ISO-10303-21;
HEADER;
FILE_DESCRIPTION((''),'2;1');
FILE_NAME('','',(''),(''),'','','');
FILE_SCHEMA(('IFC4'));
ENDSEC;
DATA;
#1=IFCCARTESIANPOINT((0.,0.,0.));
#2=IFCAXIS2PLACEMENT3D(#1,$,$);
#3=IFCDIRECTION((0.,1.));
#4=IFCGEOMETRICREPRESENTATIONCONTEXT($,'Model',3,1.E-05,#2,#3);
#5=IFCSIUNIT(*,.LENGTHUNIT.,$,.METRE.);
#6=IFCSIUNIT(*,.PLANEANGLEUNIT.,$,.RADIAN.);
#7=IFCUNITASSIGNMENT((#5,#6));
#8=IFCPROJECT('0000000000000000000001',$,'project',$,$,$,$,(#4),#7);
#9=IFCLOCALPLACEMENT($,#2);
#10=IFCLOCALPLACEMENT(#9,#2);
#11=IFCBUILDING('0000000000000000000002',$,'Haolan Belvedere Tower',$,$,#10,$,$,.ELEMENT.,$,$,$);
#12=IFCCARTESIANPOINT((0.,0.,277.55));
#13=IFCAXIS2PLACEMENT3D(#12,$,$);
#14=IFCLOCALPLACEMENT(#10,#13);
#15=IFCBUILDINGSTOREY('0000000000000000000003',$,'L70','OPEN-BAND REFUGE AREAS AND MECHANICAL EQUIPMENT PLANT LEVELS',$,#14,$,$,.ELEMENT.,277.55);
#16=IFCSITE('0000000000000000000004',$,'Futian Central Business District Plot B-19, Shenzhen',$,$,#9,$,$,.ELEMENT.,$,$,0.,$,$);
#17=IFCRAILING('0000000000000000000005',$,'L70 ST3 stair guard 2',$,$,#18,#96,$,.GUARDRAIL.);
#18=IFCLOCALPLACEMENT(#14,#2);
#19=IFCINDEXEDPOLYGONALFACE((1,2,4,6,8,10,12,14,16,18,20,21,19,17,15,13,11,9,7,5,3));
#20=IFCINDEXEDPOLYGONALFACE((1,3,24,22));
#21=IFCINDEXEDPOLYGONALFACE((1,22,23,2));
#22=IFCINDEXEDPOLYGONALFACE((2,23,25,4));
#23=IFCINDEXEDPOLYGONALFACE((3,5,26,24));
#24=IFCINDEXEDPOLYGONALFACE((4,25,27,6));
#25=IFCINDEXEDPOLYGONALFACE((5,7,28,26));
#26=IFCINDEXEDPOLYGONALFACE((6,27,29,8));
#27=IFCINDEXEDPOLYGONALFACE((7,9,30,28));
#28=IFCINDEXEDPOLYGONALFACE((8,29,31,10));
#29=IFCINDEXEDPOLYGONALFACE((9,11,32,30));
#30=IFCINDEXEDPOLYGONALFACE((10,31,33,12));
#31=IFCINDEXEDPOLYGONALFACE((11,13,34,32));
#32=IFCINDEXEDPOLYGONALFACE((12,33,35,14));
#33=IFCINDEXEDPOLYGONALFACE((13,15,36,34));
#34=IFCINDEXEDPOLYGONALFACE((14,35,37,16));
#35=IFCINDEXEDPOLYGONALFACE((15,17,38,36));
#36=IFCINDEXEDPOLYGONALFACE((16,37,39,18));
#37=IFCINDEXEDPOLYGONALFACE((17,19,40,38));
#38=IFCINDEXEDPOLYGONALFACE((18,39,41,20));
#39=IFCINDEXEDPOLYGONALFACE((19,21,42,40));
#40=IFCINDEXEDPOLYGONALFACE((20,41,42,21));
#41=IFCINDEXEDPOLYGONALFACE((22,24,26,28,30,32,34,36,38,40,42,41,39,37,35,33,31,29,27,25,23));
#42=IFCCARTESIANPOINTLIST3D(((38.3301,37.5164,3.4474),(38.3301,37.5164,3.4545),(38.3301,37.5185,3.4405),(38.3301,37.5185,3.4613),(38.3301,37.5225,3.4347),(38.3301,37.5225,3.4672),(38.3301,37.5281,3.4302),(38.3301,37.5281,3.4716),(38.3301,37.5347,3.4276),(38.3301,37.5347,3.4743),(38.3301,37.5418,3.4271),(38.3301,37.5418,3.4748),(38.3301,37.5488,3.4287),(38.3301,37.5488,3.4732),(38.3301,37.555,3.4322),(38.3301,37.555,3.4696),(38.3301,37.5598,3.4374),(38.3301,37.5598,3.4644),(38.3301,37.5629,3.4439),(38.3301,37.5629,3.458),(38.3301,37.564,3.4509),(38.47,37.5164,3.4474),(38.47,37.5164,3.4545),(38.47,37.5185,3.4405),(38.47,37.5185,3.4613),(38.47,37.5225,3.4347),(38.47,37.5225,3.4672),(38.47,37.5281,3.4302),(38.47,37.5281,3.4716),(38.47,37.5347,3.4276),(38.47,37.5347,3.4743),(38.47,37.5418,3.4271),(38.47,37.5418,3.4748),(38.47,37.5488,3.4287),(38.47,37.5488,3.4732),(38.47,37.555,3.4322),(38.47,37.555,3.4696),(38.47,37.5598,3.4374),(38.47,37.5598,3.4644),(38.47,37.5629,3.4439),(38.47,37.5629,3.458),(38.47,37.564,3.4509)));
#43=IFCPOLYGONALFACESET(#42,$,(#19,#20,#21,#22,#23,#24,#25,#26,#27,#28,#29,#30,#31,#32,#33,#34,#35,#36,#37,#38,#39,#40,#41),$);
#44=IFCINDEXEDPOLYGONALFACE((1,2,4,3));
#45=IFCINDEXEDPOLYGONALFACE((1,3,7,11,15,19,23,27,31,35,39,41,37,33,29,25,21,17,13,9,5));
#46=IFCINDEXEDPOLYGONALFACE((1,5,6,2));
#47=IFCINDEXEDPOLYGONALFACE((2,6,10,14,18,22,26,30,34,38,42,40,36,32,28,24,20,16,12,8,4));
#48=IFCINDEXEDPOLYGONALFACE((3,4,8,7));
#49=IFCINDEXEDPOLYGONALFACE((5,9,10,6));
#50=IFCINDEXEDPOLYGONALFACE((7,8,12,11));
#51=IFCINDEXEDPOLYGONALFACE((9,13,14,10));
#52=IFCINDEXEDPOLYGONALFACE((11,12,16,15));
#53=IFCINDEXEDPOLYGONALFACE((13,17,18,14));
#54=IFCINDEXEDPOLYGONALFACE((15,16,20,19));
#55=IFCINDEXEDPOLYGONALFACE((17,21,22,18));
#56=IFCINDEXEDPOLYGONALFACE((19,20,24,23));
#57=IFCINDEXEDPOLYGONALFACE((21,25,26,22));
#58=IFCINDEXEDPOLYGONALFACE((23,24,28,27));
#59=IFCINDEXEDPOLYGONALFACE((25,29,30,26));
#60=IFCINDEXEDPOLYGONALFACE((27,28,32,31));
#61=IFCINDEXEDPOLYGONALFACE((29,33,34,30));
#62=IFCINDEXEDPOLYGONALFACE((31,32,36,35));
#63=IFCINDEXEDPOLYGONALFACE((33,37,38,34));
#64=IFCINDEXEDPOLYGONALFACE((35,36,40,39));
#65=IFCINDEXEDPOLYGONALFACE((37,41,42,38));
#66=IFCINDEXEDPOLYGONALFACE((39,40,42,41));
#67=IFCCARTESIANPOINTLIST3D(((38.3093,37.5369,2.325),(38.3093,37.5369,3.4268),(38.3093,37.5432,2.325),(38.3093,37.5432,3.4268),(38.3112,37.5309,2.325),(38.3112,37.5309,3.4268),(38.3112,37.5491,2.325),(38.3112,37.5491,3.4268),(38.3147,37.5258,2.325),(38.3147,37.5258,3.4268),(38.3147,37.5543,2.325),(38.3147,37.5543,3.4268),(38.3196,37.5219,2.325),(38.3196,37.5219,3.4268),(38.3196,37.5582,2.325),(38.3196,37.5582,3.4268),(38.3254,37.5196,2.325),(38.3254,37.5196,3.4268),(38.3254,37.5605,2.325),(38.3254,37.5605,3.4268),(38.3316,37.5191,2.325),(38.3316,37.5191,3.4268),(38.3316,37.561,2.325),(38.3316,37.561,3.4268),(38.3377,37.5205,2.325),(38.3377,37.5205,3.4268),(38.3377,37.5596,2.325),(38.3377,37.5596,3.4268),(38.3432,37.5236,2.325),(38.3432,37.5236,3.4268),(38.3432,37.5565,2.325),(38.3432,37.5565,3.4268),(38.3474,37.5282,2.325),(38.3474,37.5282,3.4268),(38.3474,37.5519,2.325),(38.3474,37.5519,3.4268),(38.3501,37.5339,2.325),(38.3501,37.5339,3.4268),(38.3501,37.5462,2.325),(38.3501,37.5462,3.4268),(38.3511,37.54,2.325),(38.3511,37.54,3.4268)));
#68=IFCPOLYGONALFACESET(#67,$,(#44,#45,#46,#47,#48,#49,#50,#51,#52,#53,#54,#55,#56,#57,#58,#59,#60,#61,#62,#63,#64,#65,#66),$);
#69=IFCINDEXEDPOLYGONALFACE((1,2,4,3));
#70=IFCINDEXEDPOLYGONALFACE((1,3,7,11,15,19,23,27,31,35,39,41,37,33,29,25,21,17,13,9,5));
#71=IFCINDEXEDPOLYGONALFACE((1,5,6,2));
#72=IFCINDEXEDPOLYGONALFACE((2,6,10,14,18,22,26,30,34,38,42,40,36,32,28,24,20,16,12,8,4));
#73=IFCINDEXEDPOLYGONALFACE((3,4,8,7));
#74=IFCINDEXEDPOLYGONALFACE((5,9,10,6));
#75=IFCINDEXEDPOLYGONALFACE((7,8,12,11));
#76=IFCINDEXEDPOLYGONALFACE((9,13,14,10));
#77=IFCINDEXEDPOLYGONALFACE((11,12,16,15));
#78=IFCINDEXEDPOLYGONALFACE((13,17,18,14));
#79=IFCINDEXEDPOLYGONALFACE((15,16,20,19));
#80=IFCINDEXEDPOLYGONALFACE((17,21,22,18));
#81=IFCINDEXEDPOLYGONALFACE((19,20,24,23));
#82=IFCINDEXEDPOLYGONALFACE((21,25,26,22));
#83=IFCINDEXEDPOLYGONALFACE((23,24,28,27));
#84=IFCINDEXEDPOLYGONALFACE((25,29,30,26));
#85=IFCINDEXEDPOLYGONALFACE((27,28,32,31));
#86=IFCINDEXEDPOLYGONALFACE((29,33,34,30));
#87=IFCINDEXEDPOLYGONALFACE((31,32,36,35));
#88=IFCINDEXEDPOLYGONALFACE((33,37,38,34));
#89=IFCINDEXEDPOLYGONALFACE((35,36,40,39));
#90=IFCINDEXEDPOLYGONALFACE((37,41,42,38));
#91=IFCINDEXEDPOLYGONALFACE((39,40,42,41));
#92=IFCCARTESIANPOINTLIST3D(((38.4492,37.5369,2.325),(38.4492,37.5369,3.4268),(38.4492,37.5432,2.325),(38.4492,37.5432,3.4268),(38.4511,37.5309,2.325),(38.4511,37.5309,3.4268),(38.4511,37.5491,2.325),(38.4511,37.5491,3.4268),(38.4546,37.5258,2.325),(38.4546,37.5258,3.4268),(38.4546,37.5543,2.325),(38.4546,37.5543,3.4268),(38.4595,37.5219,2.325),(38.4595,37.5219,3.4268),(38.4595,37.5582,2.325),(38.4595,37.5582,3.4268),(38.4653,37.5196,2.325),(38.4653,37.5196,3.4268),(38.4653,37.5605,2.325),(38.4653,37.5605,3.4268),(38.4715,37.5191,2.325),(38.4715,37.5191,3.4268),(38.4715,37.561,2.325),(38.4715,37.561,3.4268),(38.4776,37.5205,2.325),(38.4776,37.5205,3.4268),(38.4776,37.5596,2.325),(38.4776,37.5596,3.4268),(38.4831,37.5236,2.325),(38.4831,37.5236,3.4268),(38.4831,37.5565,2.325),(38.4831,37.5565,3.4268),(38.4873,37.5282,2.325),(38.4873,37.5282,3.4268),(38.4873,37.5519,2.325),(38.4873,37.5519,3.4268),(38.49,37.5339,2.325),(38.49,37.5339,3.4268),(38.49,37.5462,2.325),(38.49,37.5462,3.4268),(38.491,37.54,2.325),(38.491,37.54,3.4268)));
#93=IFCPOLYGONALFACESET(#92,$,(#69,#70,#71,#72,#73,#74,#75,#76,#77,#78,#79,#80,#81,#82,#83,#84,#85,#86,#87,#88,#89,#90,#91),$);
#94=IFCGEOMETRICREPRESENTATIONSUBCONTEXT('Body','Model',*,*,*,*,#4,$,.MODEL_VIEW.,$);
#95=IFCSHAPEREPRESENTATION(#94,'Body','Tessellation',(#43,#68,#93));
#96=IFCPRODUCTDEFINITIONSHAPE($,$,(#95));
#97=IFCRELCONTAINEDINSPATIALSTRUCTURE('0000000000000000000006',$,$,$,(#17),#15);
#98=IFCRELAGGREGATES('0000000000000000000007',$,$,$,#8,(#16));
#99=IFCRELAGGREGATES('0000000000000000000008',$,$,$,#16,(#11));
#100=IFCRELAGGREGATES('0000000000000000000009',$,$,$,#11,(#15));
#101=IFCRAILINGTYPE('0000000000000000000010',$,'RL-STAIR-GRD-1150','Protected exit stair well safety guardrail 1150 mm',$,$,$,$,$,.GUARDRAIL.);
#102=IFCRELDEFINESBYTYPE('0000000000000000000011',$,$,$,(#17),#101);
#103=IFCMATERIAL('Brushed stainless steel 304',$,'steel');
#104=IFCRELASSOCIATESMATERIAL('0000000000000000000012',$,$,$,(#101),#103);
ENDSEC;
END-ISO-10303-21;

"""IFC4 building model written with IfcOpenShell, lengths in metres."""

from ifc_helpers import new_model, si_unit, direction, frame, origin, origin_2d, place, context, subcontext, project, spatial, circle, extrude, material, type_object, element, save


model = new_model("IFC4")

# Units and contexts
model_context = context("Model", 3, precision=1e-05, world=origin(), true_north=direction((0.0, 1.0)))
body_context = subcontext(model_context, "Body", "Model", "MODEL_VIEW")
ifc_project = project(units=[si_unit("LENGTHUNIT", "METRE"), si_unit("PLANEANGLEUNIT", "RADIAN")], contexts=[model_context])

# Site, building, storey
site_placement = place(None, origin())
site = spatial("IfcSite", under=ifc_project, at=site_placement, Name="Futian Central Business District Plot B-19, Shenzhen", CompositionType="ELEMENT", RefElevation=0.0)
building_placement = place(site_placement, origin())
building = spatial("IfcBuilding", under=site, at=building_placement, Name="Haolan Belvedere Tower", CompositionType="ELEMENT")
storey_placement = place(building_placement, frame((0.0, 0.0, 277.55)))
storey = spatial("IfcBuildingStorey", under=building, at=storey_placement, Name="L70", Description="OPEN-BAND REFUGE AREAS AND MECHANICAL EQUIPMENT PLANT LEVELS", CompositionType="ELEMENT", Elevation=277.55)

# Railing
ifc_material_1 = material(Name="Brushed stainless steel 304", Category="steel")
railing_type_1 = type_object("IfcRailingType", Name="RL-STAIR-GRD-1150", Description="Protected exit stair well safety guardrail 1150 mm", PredefinedType="GUARDRAIL", material=ifc_material_1)
railing_1_placement = place(storey_placement, frame((38.3301, 37.54, 2.325)))
element("IfcRailing", 1, at=railing_1_placement, inside=storey, type_object=railing_type_1, Name="L70 ST3 stair guard 2", PredefinedType="GUARDRAIL", context=body_context, shape_type="SweptSolid", body=[
    extrude(circle(Radius=0.0239, at=origin_2d()), frame((0.0, 0.0, 1.126), z_axis=(1.0, 0.0, 0.0), x_axis=(0.0, 1.0, 0.0)), (0.0, 0.0, 1.0), 0.1399),
    extrude(circle(Radius=0.021, at=origin_2d()), origin(), (0.0, 0.0, 1.0), 1.1018),
    extrude(circle(Radius=0.021, at=origin_2d()), frame((0.1399, 0.0, 0.0)), (0.0, 0.0, 1.0), 1.1018),
])

save(model, "model.ifc")
